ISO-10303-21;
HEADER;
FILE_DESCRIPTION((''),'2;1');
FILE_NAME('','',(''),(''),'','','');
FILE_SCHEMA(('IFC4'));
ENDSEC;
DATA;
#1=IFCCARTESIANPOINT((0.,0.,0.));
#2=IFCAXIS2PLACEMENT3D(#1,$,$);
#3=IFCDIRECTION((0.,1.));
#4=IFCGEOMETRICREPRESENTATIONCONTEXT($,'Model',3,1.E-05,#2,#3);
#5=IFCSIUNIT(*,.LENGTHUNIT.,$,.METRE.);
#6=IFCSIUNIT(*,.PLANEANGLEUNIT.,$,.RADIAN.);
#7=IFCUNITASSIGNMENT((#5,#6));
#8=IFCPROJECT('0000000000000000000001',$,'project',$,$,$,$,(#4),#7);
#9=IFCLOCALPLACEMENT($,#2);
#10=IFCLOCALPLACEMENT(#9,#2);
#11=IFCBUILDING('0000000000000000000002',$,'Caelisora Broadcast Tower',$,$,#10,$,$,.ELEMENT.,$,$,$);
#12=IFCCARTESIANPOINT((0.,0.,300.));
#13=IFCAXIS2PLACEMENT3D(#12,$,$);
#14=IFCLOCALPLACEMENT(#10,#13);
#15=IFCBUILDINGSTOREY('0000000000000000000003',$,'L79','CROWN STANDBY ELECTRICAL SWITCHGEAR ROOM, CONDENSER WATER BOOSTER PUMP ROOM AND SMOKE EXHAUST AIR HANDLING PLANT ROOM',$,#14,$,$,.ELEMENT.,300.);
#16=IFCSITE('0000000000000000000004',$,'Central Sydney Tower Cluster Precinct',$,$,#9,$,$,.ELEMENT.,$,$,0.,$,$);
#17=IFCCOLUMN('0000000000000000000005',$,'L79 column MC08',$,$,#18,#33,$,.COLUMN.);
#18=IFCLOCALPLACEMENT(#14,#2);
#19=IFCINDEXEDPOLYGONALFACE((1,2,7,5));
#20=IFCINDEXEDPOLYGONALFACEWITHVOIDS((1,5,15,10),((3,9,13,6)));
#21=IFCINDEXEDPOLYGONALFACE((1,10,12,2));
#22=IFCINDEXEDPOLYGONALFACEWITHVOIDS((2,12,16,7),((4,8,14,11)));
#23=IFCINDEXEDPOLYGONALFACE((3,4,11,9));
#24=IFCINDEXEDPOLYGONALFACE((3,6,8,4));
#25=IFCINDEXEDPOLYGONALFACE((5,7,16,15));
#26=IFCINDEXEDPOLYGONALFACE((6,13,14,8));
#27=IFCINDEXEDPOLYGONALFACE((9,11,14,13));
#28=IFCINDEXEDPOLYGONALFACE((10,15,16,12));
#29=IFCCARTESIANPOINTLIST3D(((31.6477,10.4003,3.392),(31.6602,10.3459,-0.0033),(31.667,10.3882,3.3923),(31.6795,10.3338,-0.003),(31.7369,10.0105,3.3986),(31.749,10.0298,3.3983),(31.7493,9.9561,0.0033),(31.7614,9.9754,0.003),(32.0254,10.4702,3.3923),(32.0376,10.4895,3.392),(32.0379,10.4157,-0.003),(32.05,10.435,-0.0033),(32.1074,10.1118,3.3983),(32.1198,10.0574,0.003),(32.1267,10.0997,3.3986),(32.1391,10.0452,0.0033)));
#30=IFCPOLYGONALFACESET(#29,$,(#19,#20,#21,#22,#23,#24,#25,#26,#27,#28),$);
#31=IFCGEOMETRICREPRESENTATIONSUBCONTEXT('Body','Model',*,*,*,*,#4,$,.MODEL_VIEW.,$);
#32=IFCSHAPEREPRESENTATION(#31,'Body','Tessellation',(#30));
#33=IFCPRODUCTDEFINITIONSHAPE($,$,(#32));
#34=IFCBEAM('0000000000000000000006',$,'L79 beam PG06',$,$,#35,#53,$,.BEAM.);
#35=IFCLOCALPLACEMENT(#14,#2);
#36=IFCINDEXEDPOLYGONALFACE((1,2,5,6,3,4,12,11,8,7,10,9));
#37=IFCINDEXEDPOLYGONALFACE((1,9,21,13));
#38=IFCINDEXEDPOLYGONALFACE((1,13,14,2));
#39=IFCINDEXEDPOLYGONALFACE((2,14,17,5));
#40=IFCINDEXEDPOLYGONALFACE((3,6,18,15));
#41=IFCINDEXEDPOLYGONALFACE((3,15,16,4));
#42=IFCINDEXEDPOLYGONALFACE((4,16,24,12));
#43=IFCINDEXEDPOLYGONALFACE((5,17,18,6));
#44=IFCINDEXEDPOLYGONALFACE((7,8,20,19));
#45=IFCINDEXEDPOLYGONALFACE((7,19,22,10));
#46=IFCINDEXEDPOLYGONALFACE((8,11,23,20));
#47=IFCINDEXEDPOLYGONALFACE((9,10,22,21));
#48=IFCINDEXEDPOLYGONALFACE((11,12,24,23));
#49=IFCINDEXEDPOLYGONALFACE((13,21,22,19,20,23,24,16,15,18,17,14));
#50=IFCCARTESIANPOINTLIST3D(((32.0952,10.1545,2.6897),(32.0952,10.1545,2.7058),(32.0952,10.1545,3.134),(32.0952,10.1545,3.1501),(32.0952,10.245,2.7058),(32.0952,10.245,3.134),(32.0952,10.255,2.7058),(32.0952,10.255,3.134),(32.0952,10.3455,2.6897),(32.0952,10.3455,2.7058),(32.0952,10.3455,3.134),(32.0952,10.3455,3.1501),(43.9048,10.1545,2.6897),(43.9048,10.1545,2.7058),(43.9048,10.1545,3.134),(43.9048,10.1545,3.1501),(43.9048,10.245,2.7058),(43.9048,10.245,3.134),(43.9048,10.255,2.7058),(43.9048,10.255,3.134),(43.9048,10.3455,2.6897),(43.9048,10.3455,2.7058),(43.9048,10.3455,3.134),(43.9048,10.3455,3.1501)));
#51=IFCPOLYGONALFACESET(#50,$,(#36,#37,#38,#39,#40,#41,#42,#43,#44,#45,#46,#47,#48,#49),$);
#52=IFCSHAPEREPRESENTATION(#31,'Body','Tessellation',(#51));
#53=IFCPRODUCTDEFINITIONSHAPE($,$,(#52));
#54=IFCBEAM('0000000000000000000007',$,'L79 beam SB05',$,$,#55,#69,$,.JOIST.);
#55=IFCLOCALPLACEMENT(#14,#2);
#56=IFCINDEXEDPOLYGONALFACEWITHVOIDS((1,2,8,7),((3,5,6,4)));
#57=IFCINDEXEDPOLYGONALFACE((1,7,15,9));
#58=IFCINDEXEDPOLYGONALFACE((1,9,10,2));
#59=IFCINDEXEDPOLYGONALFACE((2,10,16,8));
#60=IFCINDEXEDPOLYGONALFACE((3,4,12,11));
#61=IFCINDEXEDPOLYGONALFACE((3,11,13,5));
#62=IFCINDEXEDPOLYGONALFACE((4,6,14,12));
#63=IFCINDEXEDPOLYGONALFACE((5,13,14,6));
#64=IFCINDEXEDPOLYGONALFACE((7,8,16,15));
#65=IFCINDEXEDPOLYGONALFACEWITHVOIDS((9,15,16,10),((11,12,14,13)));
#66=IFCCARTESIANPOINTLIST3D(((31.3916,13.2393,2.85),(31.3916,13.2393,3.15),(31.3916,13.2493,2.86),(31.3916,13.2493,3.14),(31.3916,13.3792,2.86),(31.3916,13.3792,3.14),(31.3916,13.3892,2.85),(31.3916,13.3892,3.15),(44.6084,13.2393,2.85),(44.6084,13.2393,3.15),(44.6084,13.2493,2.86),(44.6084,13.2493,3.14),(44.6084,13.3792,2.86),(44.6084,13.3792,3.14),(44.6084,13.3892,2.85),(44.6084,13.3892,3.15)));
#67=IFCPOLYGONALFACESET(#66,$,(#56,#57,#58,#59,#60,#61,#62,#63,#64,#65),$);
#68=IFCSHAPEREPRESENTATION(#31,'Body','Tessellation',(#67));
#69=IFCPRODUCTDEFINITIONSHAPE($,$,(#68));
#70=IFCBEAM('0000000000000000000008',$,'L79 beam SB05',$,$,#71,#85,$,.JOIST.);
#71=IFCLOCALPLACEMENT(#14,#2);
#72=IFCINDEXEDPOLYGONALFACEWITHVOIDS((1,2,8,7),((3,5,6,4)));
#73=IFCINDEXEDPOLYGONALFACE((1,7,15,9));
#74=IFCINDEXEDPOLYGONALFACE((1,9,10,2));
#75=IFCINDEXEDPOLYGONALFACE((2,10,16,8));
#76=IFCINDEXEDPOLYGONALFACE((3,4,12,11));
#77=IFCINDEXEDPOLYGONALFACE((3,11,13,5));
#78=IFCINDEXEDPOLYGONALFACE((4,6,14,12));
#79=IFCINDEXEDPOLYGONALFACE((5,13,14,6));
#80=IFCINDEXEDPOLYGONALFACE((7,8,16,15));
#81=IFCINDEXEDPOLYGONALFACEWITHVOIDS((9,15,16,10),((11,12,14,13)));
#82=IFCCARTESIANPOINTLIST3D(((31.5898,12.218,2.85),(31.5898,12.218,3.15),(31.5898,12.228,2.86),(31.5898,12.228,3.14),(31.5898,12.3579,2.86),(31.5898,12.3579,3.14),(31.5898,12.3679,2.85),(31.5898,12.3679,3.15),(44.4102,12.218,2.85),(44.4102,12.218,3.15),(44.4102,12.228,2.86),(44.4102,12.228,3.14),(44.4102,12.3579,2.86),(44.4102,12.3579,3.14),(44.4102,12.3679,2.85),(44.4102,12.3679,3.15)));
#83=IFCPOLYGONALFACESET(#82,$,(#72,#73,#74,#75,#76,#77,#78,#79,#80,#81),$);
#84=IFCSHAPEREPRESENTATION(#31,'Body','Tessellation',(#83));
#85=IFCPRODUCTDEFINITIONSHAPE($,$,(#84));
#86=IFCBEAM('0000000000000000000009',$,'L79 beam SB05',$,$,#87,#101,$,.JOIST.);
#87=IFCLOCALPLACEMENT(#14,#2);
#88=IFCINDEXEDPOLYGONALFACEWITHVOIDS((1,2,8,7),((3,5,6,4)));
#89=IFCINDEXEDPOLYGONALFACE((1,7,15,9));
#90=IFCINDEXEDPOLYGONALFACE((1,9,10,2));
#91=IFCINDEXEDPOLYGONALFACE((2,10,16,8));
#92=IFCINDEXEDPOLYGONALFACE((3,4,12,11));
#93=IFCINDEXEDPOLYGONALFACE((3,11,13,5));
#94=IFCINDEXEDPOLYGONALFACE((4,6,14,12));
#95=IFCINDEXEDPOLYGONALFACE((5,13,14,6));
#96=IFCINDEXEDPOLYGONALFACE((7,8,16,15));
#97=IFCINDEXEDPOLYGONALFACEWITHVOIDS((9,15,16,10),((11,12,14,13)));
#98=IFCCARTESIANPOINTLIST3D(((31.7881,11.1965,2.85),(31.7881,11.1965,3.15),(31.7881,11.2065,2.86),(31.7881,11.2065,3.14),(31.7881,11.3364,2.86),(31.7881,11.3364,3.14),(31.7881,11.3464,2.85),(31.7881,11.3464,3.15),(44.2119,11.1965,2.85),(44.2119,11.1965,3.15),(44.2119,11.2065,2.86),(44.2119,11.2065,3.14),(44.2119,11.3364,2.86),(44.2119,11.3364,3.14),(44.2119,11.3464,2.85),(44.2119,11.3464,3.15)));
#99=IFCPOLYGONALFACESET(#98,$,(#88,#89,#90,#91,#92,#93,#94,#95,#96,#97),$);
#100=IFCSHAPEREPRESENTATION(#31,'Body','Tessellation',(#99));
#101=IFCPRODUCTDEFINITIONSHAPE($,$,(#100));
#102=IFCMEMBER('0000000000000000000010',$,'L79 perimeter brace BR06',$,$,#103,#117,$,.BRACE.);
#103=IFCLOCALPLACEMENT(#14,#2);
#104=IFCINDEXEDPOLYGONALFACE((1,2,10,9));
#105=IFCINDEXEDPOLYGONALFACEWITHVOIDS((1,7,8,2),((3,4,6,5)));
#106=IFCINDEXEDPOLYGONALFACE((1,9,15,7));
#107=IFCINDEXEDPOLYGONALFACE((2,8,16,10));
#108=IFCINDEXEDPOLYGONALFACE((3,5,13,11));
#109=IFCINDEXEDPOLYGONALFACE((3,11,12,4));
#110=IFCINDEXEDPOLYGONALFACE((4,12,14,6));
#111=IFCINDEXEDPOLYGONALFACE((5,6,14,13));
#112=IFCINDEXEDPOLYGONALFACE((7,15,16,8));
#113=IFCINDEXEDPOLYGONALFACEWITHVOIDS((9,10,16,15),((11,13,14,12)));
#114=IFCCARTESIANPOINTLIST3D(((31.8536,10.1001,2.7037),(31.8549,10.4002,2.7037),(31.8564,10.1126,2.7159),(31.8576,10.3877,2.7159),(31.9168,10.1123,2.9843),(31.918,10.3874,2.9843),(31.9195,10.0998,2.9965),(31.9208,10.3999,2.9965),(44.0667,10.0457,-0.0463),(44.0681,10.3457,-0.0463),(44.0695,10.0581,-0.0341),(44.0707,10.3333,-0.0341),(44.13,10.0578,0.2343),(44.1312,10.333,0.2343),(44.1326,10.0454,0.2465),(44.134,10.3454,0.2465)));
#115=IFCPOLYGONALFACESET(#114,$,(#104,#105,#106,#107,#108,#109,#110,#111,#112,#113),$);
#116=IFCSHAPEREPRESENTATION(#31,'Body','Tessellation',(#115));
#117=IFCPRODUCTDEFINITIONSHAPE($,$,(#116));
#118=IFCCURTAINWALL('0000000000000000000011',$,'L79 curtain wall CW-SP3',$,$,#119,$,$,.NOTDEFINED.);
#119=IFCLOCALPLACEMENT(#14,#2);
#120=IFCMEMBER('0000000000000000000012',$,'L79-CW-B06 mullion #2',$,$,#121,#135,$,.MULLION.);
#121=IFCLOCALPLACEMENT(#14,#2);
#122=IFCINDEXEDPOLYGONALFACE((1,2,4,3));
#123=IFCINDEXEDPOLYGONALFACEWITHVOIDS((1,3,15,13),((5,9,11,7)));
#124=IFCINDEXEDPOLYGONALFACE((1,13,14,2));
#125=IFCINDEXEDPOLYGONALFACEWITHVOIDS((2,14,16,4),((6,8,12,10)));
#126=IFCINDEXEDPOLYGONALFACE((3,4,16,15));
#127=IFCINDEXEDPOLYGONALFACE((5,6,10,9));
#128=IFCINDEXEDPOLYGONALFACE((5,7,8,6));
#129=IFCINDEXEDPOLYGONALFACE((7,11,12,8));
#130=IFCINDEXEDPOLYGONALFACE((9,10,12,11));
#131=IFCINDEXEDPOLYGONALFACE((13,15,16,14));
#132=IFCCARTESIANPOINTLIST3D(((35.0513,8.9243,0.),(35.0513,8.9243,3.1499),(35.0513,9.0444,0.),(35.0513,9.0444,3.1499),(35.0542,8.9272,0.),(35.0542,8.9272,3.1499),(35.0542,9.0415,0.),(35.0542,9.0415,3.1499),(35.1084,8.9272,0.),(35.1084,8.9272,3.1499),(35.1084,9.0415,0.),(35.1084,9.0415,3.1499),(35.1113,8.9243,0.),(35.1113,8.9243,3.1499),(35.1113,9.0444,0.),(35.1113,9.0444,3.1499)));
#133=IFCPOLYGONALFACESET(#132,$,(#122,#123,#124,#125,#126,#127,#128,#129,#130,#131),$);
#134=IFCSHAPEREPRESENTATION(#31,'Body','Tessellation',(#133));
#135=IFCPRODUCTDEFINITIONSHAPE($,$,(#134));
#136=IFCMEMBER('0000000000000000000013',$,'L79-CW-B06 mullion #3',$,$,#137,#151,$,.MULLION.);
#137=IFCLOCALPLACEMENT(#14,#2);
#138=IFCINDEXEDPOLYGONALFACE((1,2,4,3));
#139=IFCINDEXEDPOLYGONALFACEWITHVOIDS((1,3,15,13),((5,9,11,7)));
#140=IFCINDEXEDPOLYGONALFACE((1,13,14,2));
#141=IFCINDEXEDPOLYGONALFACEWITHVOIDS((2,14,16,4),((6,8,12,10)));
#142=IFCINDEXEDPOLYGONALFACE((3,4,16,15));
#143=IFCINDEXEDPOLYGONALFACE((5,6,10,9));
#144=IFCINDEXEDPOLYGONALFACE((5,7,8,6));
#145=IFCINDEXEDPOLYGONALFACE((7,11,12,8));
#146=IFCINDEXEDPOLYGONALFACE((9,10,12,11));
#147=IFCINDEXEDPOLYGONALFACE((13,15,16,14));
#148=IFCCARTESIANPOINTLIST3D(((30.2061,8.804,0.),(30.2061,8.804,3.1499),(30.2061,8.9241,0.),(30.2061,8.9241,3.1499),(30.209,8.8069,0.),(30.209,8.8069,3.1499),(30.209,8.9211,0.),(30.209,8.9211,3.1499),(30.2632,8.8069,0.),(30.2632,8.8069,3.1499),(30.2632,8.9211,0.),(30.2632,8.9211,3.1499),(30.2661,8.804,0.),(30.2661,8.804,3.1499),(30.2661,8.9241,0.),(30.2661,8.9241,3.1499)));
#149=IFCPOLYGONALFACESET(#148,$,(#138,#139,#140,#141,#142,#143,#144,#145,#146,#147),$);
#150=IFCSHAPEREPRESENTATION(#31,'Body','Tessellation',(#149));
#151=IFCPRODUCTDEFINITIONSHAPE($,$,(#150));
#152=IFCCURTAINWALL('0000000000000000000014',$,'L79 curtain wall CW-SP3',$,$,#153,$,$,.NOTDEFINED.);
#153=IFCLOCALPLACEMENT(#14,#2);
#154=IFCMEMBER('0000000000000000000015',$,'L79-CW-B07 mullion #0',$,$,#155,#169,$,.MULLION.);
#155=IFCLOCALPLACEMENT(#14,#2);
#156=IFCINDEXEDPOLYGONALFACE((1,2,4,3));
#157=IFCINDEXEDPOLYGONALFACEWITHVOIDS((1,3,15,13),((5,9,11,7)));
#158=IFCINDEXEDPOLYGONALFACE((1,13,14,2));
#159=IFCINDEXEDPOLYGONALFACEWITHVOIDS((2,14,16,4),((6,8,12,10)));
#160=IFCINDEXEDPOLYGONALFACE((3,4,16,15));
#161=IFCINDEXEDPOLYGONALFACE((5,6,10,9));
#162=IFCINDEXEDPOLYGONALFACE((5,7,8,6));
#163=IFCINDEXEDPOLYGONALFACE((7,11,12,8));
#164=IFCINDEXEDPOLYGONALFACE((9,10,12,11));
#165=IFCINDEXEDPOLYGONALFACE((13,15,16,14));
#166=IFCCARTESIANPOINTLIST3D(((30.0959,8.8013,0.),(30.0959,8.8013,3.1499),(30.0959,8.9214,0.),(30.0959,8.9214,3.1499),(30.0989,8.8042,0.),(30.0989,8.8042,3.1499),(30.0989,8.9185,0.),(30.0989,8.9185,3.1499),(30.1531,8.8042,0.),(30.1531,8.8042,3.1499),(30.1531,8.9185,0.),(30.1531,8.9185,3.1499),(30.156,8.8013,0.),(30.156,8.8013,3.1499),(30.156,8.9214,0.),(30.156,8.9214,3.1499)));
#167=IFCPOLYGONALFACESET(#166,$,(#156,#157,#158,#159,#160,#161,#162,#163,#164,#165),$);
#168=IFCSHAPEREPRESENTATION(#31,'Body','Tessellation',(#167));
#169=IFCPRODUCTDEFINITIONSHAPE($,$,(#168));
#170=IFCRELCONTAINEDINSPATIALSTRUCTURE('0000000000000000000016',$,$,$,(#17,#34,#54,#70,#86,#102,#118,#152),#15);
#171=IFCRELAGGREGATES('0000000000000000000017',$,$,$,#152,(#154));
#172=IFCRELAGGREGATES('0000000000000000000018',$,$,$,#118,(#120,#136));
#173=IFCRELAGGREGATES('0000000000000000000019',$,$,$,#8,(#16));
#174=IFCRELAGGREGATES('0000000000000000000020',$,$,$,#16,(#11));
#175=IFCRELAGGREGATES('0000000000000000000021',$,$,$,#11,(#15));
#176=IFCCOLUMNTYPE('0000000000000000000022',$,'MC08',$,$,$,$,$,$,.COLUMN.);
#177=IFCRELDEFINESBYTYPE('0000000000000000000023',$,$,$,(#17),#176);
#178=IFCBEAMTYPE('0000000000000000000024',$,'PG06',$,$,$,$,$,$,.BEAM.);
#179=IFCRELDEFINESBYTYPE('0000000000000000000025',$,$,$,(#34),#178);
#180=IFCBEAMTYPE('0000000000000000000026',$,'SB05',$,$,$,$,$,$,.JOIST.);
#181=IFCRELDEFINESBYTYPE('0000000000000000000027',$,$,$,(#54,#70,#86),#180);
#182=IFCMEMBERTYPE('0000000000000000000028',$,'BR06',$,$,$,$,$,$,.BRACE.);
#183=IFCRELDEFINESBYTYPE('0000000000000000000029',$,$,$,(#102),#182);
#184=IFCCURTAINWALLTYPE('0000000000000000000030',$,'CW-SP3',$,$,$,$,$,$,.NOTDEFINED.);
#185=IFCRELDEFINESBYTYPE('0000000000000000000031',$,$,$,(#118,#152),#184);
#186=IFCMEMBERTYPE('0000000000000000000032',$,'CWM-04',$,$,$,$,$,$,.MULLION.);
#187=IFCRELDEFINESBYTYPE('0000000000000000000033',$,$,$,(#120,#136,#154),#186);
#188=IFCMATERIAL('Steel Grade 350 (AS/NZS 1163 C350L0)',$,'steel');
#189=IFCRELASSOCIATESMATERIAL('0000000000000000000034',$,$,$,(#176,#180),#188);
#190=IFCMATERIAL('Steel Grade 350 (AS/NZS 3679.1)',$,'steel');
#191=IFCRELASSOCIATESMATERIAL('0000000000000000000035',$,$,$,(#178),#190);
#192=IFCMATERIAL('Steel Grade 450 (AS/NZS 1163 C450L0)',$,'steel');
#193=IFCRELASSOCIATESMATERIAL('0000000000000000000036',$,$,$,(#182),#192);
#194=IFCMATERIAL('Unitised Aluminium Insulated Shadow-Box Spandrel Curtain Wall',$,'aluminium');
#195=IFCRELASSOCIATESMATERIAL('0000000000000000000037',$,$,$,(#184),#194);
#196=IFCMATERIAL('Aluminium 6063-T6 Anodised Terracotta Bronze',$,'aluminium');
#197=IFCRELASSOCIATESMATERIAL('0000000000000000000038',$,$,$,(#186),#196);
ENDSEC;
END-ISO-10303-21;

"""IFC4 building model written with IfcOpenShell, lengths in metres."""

from ifc_helpers import new_model, si_unit, direction, frame, origin, origin_2d, place, context, subcontext, project, spatial, hollow_rectangle, i_section, extrude, source, transform, mapped, material, material_profile, profile_set, type_object, type_shapes, element, aggregate, save


model = new_model("IFC4")

# Units and contexts
model_context = context("Model", 3, precision=1e-05, world=origin(), true_north=direction((0.0, 1.0)))
body_context = subcontext(model_context, "Body", "Model", "MODEL_VIEW")
ifc_project = project(units=[si_unit("LENGTHUNIT", "METRE"), si_unit("PLANEANGLEUNIT", "RADIAN")], contexts=[model_context])

# Site, building, storey
site_placement = place(None, origin())
site = spatial("IfcSite", under=ifc_project, at=site_placement, Name="Central Sydney Tower Cluster Precinct", CompositionType="ELEMENT", RefElevation=0.0)
building_placement = place(site_placement, origin())
building = spatial("IfcBuilding", under=site, at=building_placement, Name="Caelisora Broadcast Tower", CompositionType="ELEMENT")
storey_placement = place(building_placement, frame((0.0, 0.0, 300.0)))
storey = spatial("IfcBuildingStorey", under=building, at=storey_placement, Name="L79", Description="CROWN STANDBY ELECTRICAL SWITCHGEAR ROOM, CONDENSER WATER BOOSTER PUMP ROOM AND SMOKE EXHAUST AIR HANDLING PLANT ROOM", CompositionType="ELEMENT", Elevation=300.0)

# Column
ifc_material_1 = material(Name="Steel Grade 350 (AS/NZS 1163 C350L0)", Category="steel")
ifc_material_profile_1 = material_profile(ifc_material_1, hollow_rectangle(XDim=0.3999, YDim=0.3999, WallThickness=0.0161, at=origin_2d()), Name="Steel Grade 350 (AS/NZS 1163 C350L0)")
ifc_profile_set_1 = profile_set([ifc_material_profile_1], Name="Steel Grade 350 (AS/NZS 1163 C350L0)")
column_type = type_object("IfcColumnType", Name="MC08", PredefinedType="COLUMN", material=ifc_profile_set_1)
shared_shape_1 = source(origin(), body_context, "Body", "SweptSolid", [
    extrude(hollow_rectangle(XDim=0.3999, YDim=0.3999, WallThickness=0.0161, at=origin_2d()), origin(), (0.0, 0.0, 1.0), 3.3958),
])
type_shapes(column_type, [shared_shape_1])
column_placement = place(storey_placement, frame((31.8997, 10.1956, 0.0), z_axis=(-0.003667, 0.016033, 0.999865), x_axis=(-0.974831, -0.222943, 0.0)))
element("IfcColumn", 1, at=column_placement, inside=storey, type_object=column_type, Name="L79 column MC08", PredefinedType="COLUMN", context=body_context, shape_type="MappedRepresentation", body=[
    mapped(shared_shape_1, transform((0.0, 0.0, 0.0), scale=1.0)),
])

# Beams
ifc_material_2 = material(Name="Steel Grade 350 (AS/NZS 3679.1)", Category="steel")
ifc_material_profile_2 = material_profile(ifc_material_2, i_section(OverallWidth=0.1909, OverallDepth=0.4604, WebThickness=0.01, FlangeThickness=0.0161, at=origin_2d()), Name="Steel Grade 350 (AS/NZS 3679.1)")
ifc_profile_set_2 = profile_set([ifc_material_profile_2], Name="Steel Grade 350 (AS/NZS 3679.1)")
beam_type_1 = type_object("IfcBeamType", Name="PG06", PredefinedType="BEAM", material=ifc_profile_set_2)
shared_shape_2 = source(origin(), body_context, "Body", "SweptSolid", [
    extrude(i_section(OverallWidth=0.1909, OverallDepth=0.4604, WebThickness=0.01, FlangeThickness=0.0161, at=origin_2d()), origin(), (0.0, 0.0, 1.0), 11.8096),
])
type_shapes(beam_type_1, [shared_shape_2])
beam_1_placement = place(storey_placement, frame((32.0952, 10.25, 2.9199), z_axis=(1.0, 0.0, 0.0), x_axis=(0.0, 1.0, 0.0)))
element("IfcBeam", 2, at=beam_1_placement, inside=storey, type_object=beam_type_1, Name="L79 beam PG06", PredefinedType="BEAM", context=body_context, shape_type="MappedRepresentation", body=[
    mapped(shared_shape_2, transform((0.0, 0.0, 0.0), scale=1.0)),
])
ifc_material_profile_3 = material_profile(ifc_material_1, hollow_rectangle(XDim=0.1499, YDim=0.3, WallThickness=0.01, at=origin_2d()), Name="Steel Grade 350 (AS/NZS 1163 C350L0)")
ifc_profile_set_3 = profile_set([ifc_material_profile_3], Name="Steel Grade 350 (AS/NZS 1163 C350L0)")
beam_type_2 = type_object("IfcBeamType", Name="SB05", PredefinedType="JOIST", material=ifc_profile_set_3)
shared_shape_3 = source(origin(), body_context, "Body", "SweptSolid", [
    extrude(hollow_rectangle(XDim=0.1499, YDim=0.3, WallThickness=0.01, at=origin_2d()), origin(), (0.0, 0.0, 1.0), 13.2168),
])
beam_2_placement = place(storey_placement, frame((31.3916, 13.3142, 3.0), z_axis=(1.0, 0.0, 0.0), x_axis=(0.0, 1.0, 0.0)))
element("IfcBeam", 3, at=beam_2_placement, inside=storey, type_object=beam_type_2, Name="L79 beam SB05", PredefinedType="JOIST", context=body_context, shape_type="MappedRepresentation", body=[
    mapped(shared_shape_3, transform((0.0, 0.0, 0.0), scale=1.0)),
])
shared_shape_4 = source(origin(), body_context, "Body", "SweptSolid", [
    extrude(hollow_rectangle(XDim=0.1499, YDim=0.3, WallThickness=0.01, at=origin_2d()), origin(), (0.0, 0.0, 1.0), 12.8203),
])
beam_3_placement = place(storey_placement, frame((31.5898, 12.293, 3.0), z_axis=(1.0, 0.0, 0.0), x_axis=(0.0, 1.0, 0.0)))
element("IfcBeam", 4, at=beam_3_placement, inside=storey, type_object=beam_type_2, Name="L79 beam SB05", PredefinedType="JOIST", context=body_context, shape_type="MappedRepresentation", body=[
    mapped(shared_shape_4, transform((0.0, 0.0, 0.0), scale=1.0)),
])
shared_shape_5 = source(origin(), body_context, "Body", "SweptSolid", [
    extrude(hollow_rectangle(XDim=0.1499, YDim=0.3, WallThickness=0.01, at=origin_2d()), origin(), (0.0, 0.0, 1.0), 12.4238),
])
type_shapes(beam_type_2, [shared_shape_3, shared_shape_4, shared_shape_5])
beam_4_placement = place(storey_placement, frame((31.7881, 11.2715, 3.0), z_axis=(1.0, 0.0, 0.0), x_axis=(0.0, 1.0, 0.0)))
element("IfcBeam", 5, at=beam_4_placement, inside=storey, type_object=beam_type_2, Name="L79 beam SB05", PredefinedType="JOIST", context=body_context, shape_type="MappedRepresentation", body=[
    mapped(shared_shape_5, transform((0.0, 0.0, 0.0), scale=1.0)),
])

# Member
ifc_material_3 = material(Name="Steel Grade 450 (AS/NZS 1163 C450L0)", Category="steel")
ifc_material_profile_4 = material_profile(ifc_material_3, hollow_rectangle(XDim=0.3, YDim=0.3, WallThickness=0.0125, at=origin_2d()), Name="Steel Grade 450 (AS/NZS 1163 C450L0)")
ifc_profile_set_4 = profile_set([ifc_material_profile_4], Name="Steel Grade 450 (AS/NZS 1163 C450L0)")
member_type_1 = type_object("IfcMemberType", Name="BR06", PredefinedType="BRACE", material=ifc_profile_set_4)
shared_shape_6 = source(origin(), body_context, "Body", "SweptSolid", [
    extrude(hollow_rectangle(XDim=0.3, YDim=0.3, WallThickness=0.0125, at=origin_2d()), origin(), (0.0, 0.0, 1.0), 12.519),
])
type_shapes(member_type_1, [shared_shape_6])
member_1_placement = place(storey_placement, frame((31.8872, 10.25, 2.8501), z_axis=(0.975566, -0.004349, -0.219666), x_axis=(0.004458, 0.99999, 0.0)))
element("IfcMember", 6, at=member_1_placement, inside=storey, type_object=member_type_1, Name="L79 perimeter brace BR06", PredefinedType="BRACE", context=body_context, shape_type="MappedRepresentation", body=[
    mapped(shared_shape_6, transform((0.0, 0.0, 0.0), scale=1.0)),
])

# Curtain walls, members
ifc_material_4 = material(Name="Unitised Aluminium Insulated Shadow-Box Spandrel Curtain Wall", Category="aluminium")
curtain_wall_type = type_object("IfcCurtainWallType", Name="CW-SP3", PredefinedType="NOTDEFINED", material=ifc_material_4)
curtain_wall_1_placement = place(storey_placement, origin())
curtain_wall_1 = element("IfcCurtainWall", 7, at=curtain_wall_1_placement, inside=storey, type_object=curtain_wall_type, Name="L79 curtain wall CW-SP3", PredefinedType="NOTDEFINED")
ifc_material_5 = material(Name="Aluminium 6063-T6 Anodised Terracotta Bronze", Category="aluminium")
ifc_material_profile_5 = material_profile(ifc_material_5, hollow_rectangle(XDim=0.0601, YDim=0.1201, WallThickness=0.0029, at=origin_2d()), Name="Aluminium 6063-T6 Anodised Terracotta Bronze")
ifc_profile_set_5 = profile_set([ifc_material_profile_5], Name="Aluminium 6063-T6 Anodised Terracotta Bronze")
member_type_2 = type_object("IfcMemberType", Name="CWM-04", PredefinedType="MULLION", material=ifc_profile_set_5)
shared_shape_7 = source(origin(), body_context, "Body", "SweptSolid", [
    extrude(hollow_rectangle(XDim=0.0601, YDim=0.1201, WallThickness=0.0029, at=origin_2d()), origin(), (0.0, 0.0, 1.0), 3.1499),
])
type_shapes(member_type_2, [shared_shape_7])
member_2_placement = place(storey_placement, frame((35.0813, 8.9844, 0.0), z_axis=(0.0, 0.0, 1.0), x_axis=(1.0, 0.0, 0.0)))
member_2 = element("IfcMember", 8, at=member_2_placement, type_object=member_type_2, Name="L79-CW-B06 mullion #2", PredefinedType="MULLION", context=body_context, shape_type="MappedRepresentation", body=[
    mapped(shared_shape_7, transform((0.0, 0.0, 0.0), scale=1.0)),
])
member_3_placement = place(storey_placement, frame((30.2361, 8.864, 0.0), z_axis=(0.0, 0.0, 1.0), x_axis=(1.0, 0.0, 0.0)))
member_3 = element("IfcMember", 9, at=member_3_placement, type_object=member_type_2, Name="L79-CW-B06 mullion #3", PredefinedType="MULLION", context=body_context, shape_type="MappedRepresentation", body=[
    mapped(shared_shape_7, transform((0.0, 0.0, 0.0), scale=1.0)),
])
curtain_wall_2_placement = place(storey_placement, origin())
curtain_wall_2 = element("IfcCurtainWall", 10, at=curtain_wall_2_placement, inside=storey, type_object=curtain_wall_type, Name="L79 curtain wall CW-SP3", PredefinedType="NOTDEFINED")
member_4_placement = place(storey_placement, frame((30.126, 8.8613, 0.0), z_axis=(0.0, 0.0, 1.0), x_axis=(1.0, 0.0, 0.0)))
member_4 = element("IfcMember", 11, at=member_4_placement, type_object=member_type_2, Name="L79-CW-B07 mullion #0", PredefinedType="MULLION", context=body_context, shape_type="MappedRepresentation", body=[
    mapped(shared_shape_7, transform((0.0, 0.0, 0.0), scale=1.0)),
])

aggregate(curtain_wall_2, [member_4])
aggregate(curtain_wall_1, [member_2, member_3])

save(model, "model.ifc")
